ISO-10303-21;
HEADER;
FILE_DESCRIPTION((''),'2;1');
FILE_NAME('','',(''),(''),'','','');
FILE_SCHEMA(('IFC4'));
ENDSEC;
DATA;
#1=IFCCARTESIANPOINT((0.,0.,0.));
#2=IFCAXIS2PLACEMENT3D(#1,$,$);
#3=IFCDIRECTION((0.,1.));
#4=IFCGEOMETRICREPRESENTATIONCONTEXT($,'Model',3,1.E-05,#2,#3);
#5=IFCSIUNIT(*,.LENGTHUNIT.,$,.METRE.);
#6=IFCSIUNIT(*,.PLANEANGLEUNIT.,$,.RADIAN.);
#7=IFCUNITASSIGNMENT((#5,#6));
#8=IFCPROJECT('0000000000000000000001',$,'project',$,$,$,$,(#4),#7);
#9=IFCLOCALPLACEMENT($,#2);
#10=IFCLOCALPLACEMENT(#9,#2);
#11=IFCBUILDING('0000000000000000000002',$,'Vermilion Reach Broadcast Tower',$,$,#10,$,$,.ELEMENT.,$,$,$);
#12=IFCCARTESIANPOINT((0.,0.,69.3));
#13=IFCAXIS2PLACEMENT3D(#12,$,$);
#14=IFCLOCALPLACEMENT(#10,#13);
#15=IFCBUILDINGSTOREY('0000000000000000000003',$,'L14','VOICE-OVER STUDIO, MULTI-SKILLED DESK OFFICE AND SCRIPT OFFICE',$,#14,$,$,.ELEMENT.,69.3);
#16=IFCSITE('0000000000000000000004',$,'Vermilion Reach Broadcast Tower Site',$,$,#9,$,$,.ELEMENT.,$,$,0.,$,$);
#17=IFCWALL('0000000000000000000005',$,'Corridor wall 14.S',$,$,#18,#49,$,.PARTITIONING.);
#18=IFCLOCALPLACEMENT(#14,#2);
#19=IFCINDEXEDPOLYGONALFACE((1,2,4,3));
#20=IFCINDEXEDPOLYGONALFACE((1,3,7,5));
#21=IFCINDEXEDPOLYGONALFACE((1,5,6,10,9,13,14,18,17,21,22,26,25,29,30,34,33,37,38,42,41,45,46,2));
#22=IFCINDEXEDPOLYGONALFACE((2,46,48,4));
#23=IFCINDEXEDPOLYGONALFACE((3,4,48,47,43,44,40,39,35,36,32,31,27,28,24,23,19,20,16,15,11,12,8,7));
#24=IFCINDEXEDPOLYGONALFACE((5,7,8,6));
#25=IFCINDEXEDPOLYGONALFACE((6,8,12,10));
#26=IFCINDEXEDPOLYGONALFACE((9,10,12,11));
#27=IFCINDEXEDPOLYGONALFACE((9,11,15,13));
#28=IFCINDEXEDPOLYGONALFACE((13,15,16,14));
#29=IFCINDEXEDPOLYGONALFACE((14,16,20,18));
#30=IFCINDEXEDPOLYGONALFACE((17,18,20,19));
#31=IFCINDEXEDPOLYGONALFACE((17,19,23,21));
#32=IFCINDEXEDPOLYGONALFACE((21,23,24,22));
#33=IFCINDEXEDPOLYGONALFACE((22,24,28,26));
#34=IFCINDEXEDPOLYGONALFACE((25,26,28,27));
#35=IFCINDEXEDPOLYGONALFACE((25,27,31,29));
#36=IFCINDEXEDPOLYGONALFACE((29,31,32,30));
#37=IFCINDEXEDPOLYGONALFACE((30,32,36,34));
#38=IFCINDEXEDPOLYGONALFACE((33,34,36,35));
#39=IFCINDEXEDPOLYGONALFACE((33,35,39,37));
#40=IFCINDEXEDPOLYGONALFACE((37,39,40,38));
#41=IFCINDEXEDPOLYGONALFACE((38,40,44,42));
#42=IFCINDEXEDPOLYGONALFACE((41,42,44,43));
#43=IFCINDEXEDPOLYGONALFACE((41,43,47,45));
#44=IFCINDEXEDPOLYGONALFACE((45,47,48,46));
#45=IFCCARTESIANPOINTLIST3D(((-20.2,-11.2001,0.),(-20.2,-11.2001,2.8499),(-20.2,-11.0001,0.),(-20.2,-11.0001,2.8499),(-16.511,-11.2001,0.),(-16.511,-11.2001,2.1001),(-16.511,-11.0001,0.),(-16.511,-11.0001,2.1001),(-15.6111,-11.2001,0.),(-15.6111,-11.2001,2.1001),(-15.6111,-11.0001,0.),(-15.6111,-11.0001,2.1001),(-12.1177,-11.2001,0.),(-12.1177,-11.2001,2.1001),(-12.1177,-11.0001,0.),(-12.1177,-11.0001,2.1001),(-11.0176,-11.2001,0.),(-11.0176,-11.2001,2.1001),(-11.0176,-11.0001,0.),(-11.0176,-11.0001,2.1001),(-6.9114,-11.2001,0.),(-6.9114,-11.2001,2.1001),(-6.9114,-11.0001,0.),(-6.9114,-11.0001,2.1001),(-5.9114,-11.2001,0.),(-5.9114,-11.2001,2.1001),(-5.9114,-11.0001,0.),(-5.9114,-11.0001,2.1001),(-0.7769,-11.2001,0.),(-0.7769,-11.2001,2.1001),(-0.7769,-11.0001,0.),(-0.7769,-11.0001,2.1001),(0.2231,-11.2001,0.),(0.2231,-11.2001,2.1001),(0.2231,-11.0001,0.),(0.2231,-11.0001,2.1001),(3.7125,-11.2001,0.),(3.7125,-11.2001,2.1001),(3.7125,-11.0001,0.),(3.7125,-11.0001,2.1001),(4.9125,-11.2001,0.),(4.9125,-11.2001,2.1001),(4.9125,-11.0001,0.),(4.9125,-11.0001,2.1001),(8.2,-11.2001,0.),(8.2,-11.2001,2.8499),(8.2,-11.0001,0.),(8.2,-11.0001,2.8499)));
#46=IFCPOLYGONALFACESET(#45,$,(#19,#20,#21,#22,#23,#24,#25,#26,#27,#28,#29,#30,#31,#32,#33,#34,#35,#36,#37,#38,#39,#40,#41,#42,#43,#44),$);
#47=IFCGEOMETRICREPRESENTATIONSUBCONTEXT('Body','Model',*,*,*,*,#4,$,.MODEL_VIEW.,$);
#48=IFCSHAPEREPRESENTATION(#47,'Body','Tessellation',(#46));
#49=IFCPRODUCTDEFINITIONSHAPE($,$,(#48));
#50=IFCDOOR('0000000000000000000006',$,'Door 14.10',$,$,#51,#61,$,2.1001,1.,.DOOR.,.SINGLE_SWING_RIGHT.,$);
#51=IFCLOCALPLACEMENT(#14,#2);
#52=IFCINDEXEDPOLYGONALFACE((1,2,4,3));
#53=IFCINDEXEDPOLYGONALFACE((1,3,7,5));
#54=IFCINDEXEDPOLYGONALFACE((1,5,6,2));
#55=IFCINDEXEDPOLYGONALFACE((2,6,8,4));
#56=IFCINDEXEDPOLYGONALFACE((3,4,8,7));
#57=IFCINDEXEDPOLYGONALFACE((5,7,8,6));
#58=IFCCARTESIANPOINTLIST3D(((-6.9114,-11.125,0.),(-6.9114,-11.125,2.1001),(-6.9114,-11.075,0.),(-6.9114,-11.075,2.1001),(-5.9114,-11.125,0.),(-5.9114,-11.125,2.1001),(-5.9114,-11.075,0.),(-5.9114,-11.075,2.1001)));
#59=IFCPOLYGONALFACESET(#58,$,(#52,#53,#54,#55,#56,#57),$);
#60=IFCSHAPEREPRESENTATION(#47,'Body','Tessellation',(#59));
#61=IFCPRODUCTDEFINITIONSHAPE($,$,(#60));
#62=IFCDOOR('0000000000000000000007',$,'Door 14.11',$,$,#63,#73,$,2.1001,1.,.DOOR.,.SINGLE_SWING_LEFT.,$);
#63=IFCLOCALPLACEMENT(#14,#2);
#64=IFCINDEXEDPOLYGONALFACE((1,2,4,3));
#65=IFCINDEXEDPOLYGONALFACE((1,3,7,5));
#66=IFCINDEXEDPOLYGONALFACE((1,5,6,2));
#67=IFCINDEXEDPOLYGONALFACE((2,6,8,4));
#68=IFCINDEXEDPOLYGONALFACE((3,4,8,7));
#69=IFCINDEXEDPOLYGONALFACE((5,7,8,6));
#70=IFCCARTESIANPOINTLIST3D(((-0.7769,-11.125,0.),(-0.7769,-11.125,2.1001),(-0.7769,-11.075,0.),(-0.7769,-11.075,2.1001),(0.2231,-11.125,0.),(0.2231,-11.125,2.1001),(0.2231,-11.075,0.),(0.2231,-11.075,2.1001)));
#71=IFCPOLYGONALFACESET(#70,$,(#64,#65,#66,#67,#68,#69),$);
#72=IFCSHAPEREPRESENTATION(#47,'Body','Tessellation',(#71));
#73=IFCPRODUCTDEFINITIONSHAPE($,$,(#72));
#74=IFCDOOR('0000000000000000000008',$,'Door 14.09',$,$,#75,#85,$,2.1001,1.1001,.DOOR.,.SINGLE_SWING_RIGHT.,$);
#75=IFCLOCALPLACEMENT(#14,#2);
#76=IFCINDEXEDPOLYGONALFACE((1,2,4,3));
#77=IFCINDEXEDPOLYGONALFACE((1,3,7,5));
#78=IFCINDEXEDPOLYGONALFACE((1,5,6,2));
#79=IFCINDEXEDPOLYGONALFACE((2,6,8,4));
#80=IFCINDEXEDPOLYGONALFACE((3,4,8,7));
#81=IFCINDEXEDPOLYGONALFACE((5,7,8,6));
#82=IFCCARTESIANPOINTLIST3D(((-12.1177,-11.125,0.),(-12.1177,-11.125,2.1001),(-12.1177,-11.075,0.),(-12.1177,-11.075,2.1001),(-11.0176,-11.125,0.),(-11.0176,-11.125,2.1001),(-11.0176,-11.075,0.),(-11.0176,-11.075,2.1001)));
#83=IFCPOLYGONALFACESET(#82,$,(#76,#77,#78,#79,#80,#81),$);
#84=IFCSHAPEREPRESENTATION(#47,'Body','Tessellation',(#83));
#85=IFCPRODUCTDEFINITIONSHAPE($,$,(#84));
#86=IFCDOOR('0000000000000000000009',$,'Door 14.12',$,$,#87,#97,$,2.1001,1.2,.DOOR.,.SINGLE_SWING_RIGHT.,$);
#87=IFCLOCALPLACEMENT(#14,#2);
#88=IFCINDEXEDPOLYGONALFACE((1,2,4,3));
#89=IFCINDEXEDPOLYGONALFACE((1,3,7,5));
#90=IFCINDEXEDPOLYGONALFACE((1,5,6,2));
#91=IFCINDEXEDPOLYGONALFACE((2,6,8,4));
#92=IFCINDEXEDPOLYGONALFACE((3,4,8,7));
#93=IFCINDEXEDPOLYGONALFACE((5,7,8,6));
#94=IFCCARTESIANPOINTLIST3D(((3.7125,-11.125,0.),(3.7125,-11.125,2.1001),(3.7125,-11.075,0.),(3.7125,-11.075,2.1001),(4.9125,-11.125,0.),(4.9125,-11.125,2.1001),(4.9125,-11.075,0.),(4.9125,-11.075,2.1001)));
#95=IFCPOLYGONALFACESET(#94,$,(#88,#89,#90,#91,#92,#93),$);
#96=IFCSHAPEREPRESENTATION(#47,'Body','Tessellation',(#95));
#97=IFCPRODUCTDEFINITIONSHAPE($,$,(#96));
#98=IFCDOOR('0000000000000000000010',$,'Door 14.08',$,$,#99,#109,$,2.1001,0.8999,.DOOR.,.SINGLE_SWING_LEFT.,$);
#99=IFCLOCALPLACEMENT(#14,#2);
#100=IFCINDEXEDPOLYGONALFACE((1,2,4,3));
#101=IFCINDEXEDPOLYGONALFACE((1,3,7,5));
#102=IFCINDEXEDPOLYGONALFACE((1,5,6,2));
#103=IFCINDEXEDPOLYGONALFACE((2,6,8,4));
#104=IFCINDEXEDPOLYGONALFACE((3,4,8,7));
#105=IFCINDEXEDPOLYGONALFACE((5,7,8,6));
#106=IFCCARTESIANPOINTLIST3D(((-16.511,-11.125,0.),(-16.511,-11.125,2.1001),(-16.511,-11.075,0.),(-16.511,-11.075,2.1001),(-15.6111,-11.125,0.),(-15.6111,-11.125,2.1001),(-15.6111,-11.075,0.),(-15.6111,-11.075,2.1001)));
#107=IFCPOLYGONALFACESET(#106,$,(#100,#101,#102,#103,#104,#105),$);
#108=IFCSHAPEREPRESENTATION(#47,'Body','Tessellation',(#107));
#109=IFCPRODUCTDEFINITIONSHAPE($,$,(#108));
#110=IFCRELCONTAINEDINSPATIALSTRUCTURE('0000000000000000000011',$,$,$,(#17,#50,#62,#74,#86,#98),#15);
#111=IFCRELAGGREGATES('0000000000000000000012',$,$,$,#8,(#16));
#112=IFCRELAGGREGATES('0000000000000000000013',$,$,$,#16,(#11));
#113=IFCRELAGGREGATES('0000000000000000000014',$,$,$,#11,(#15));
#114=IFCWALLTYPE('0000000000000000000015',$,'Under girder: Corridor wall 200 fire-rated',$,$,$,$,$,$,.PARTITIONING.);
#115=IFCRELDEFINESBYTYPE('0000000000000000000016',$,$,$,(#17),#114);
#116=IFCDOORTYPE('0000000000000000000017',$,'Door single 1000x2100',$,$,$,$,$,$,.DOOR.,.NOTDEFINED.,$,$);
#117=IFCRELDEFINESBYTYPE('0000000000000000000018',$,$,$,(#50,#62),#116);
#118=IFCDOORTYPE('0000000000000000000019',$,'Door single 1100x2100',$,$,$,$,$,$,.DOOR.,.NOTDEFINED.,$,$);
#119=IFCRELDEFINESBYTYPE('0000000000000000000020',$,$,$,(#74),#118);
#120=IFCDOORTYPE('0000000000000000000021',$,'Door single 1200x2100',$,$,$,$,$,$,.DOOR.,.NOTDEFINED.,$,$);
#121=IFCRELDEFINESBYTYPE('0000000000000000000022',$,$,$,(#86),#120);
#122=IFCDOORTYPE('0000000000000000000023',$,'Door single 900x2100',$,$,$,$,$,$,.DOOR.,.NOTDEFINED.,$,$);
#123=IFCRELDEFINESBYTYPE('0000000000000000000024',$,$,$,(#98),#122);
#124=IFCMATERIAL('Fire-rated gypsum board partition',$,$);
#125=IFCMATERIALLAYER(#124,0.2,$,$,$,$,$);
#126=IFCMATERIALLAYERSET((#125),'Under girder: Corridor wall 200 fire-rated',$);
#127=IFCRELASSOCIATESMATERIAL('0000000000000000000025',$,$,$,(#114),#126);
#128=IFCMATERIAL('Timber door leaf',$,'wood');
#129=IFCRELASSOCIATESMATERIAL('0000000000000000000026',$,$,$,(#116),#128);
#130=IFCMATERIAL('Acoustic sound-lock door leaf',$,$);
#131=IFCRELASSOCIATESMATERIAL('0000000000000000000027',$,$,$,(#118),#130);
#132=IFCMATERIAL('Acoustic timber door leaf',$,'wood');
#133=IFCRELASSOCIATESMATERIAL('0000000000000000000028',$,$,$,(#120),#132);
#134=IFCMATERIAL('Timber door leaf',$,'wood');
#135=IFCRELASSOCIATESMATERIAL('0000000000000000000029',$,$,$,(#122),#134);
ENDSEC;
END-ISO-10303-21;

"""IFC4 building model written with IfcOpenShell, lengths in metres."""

from ifc_helpers import new_model, si_unit, direction, frame, frame_2d, origin, place, context, subcontext, project, spatial, rectangle, extrude, material, layer, layer_set, type_object, element, fill, save


model = new_model("IFC4")

# Units and contexts
model_context = context("Model", 3, precision=1e-05, world=origin(), true_north=direction((0.0, 1.0)))
body_context = subcontext(model_context, "Body", "Model", "MODEL_VIEW")
ifc_project = project(units=[si_unit("LENGTHUNIT", "METRE"), si_unit("PLANEANGLEUNIT", "RADIAN")], contexts=[model_context])

# Site, building, storey
site_placement = place(None, origin())
site = spatial("IfcSite", under=ifc_project, at=site_placement, Name="Vermilion Reach Broadcast Tower Site", CompositionType="ELEMENT", RefElevation=0.0)
building_placement = place(site_placement, origin())
building = spatial("IfcBuilding", under=site, at=building_placement, Name="Vermilion Reach Broadcast Tower", CompositionType="ELEMENT")
storey_placement = place(building_placement, frame((0.0, 0.0, 69.3)))
storey = spatial("IfcBuildingStorey", under=building, at=storey_placement, Name="L14", Description="VOICE-OVER STUDIO, MULTI-SKILLED DESK OFFICE AND SCRIPT OFFICE", CompositionType="ELEMENT", Elevation=69.3)

# Wall, openings, doors
ifc_material_1 = material(Name="Fire-rated gypsum board partition")
ifc_layer_1 = layer(ifc_material_1, 0.2)
ifc_layer_set_1 = layer_set([ifc_layer_1], Name="Under girder: Corridor wall 200 fire-rated")
wall_type_1 = type_object("IfcWallType", Name="Under girder: Corridor wall 200 fire-rated", PredefinedType="PARTITIONING", material=ifc_layer_set_1)
wall_1_placement = place(storey_placement, frame((8.2, -11.1001, 0.0), z_axis=(0.0, 0.0, 1.0), x_axis=(-1.0, 0.0, 0.0)))
wall_1 = element("IfcWall", 1, at=wall_1_placement, inside=storey, type_object=wall_type_1, Name="Corridor wall 14.S", PredefinedType="PARTITIONING", context=body_context, shape_type="SweptSolid", body=[
    extrude(rectangle(XDim=28.3999, YDim=0.2, at=frame_2d((14.2, 0.0))), origin(), (0.0, 0.0, 1.0), 2.8499),
])
opening_1_placement = place(wall_1_placement, frame((23.811, 0.0, 0.0)))
opening_1 = element("IfcOpeningElement", 2, at=opening_1_placement, cuts=wall_1, PredefinedType="OPENING", context=body_context, shape_type="SweptSolid", body=[
    extrude(rectangle(XDim=0.8999, YDim=2.1001, at=frame_2d((0.45, 1.05))), frame((0.0, 0.1099, 0.0), z_axis=(0.0, -1.0, 0.0), x_axis=(1.0, 0.0, 0.0)), (0.0, 0.0, 1.0), 0.22),
])
opening_2_placement = place(wall_1_placement, frame((19.2175, 0.0, 0.0)))
opening_2 = element("IfcOpeningElement", 3, at=opening_2_placement, cuts=wall_1, PredefinedType="OPENING", context=body_context, shape_type="SweptSolid", body=[
    extrude(rectangle(XDim=1.1001, YDim=2.1001, at=frame_2d((0.55, 1.05))), frame((0.0, 0.1099, 0.0), z_axis=(0.0, -1.0, 0.0), x_axis=(1.0, 0.0, 0.0)), (0.0, 0.0, 1.0), 0.22),
])
opening_3_placement = place(wall_1_placement, frame((14.1113, 0.0, 0.0)))
opening_3 = element("IfcOpeningElement", 4, at=opening_3_placement, cuts=wall_1, PredefinedType="OPENING", context=body_context, shape_type="SweptSolid", body=[
    extrude(rectangle(XDim=1.0, YDim=2.1001, at=frame_2d((0.5, 1.05))), frame((0.0, 0.1099, 0.0), z_axis=(0.0, -1.0, 0.0), x_axis=(1.0, 0.0, 0.0)), (0.0, 0.0, 1.0), 0.22),
])
opening_4_placement = place(wall_1_placement, frame((7.9768, 0.0, 0.0)))
opening_4 = element("IfcOpeningElement", 5, at=opening_4_placement, cuts=wall_1, PredefinedType="OPENING", context=body_context, shape_type="SweptSolid", body=[
    extrude(rectangle(XDim=1.0, YDim=2.1001, at=frame_2d((0.5, 1.05))), frame((0.0, 0.1099, 0.0), z_axis=(0.0, -1.0, 0.0), x_axis=(1.0, 0.0, 0.0)), (0.0, 0.0, 1.0), 0.22),
])
opening_5_placement = place(wall_1_placement, frame((3.2874, 0.0, 0.0)))
opening_5 = element("IfcOpeningElement", 6, at=opening_5_placement, cuts=wall_1, PredefinedType="OPENING", context=body_context, shape_type="SweptSolid", body=[
    extrude(rectangle(XDim=1.2, YDim=2.1001, at=frame_2d((0.6001, 1.05))), frame((0.0, 0.1099, 0.0), z_axis=(0.0, -1.0, 0.0), x_axis=(1.0, 0.0, 0.0)), (0.0, 0.0, 1.0), 0.22),
])
ifc_material_2 = material(Name="Timber door leaf", Category="wood")
door_type_1 = type_object("IfcDoorType", Name="Door single 1000x2100", OperationType="NOTDEFINED", PredefinedType="DOOR", material=ifc_material_2)
door_1_placement = place(opening_3_placement, origin())
door_1 = element("IfcDoor", 7, at=door_1_placement, inside=storey, type_object=door_type_1, Name="Door 14.10", OperationType="SINGLE_SWING_RIGHT", OverallHeight=2.1001, OverallWidth=1.0, PredefinedType="DOOR", context=body_context, shape_type="SweptSolid", body=[
    extrude(rectangle(XDim=1.0, YDim=2.1001, at=frame_2d((0.5, 1.05))), frame((0.0, 0.0249, 0.0), z_axis=(0.0, -1.0, 0.0), x_axis=(1.0, 0.0, 0.0)), (0.0, 0.0, 1.0), 0.05),
])
fill(opening_3, door_1)
door_2_placement = place(opening_4_placement, origin())
door_2 = element("IfcDoor", 8, at=door_2_placement, inside=storey, type_object=door_type_1, Name="Door 14.11", OperationType="SINGLE_SWING_LEFT", OverallHeight=2.1001, OverallWidth=1.0, PredefinedType="DOOR", context=body_context, shape_type="SweptSolid", body=[
    extrude(rectangle(XDim=1.0, YDim=2.1001, at=frame_2d((0.5, 1.05))), frame((0.0, 0.0249, 0.0), z_axis=(0.0, -1.0, 0.0), x_axis=(1.0, 0.0, 0.0)), (0.0, 0.0, 1.0), 0.05),
])
fill(opening_4, door_2)
ifc_material_3 = material(Name="Acoustic sound-lock door leaf")
door_type_2 = type_object("IfcDoorType", Name="Door single 1100x2100", OperationType="NOTDEFINED", PredefinedType="DOOR", material=ifc_material_3)
door_3_placement = place(opening_2_placement, origin())
door_3 = element("IfcDoor", 9, at=door_3_placement, inside=storey, type_object=door_type_2, Name="Door 14.09", OperationType="SINGLE_SWING_RIGHT", OverallHeight=2.1001, OverallWidth=1.1001, PredefinedType="DOOR", context=body_context, shape_type="SweptSolid", body=[
    extrude(rectangle(XDim=1.1001, YDim=2.1001, at=frame_2d((0.55, 1.05))), frame((0.0, 0.0249, 0.0), z_axis=(0.0, -1.0, 0.0), x_axis=(1.0, 0.0, 0.0)), (0.0, 0.0, 1.0), 0.05),
])
fill(opening_2, door_3)
ifc_material_4 = material(Name="Acoustic timber door leaf", Category="wood")
door_type_3 = type_object("IfcDoorType", Name="Door single 1200x2100", OperationType="NOTDEFINED", PredefinedType="DOOR", material=ifc_material_4)
door_4_placement = place(opening_5_placement, origin())
door_4 = element("IfcDoor", 10, at=door_4_placement, inside=storey, type_object=door_type_3, Name="Door 14.12", OperationType="SINGLE_SWING_RIGHT", OverallHeight=2.1001, OverallWidth=1.2, PredefinedType="DOOR", context=body_context, shape_type="SweptSolid", body=[
    extrude(rectangle(XDim=1.2, YDim=2.1001, at=frame_2d((0.6001, 1.05))), frame((0.0, 0.0249, 0.0), z_axis=(0.0, -1.0, 0.0), x_axis=(1.0, 0.0, 0.0)), (0.0, 0.0, 1.0), 0.05),
])
fill(opening_5, door_4)
ifc_material_5 = material(Name="Timber door leaf", Category="wood")
door_type_4 = type_object("IfcDoorType", Name="Door single 900x2100", OperationType="NOTDEFINED", PredefinedType="DOOR", material=ifc_material_5)
door_5_placement = place(opening_1_placement, origin())
door_5 = element("IfcDoor", 11, at=door_5_placement, inside=storey, type_object=door_type_4, Name="Door 14.08", OperationType="SINGLE_SWING_LEFT", OverallHeight=2.1001, OverallWidth=0.8999, PredefinedType="DOOR", context=body_context, shape_type="SweptSolid", body=[
    extrude(rectangle(XDim=0.8999, YDim=2.1001, at=frame_2d((0.45, 1.05))), frame((0.0, 0.0249, 0.0), z_axis=(0.0, -1.0, 0.0), x_axis=(1.0, 0.0, 0.0)), (0.0, 0.0, 1.0), 0.05),
])
fill(opening_1, door_5)

save(model, "model.ifc")
